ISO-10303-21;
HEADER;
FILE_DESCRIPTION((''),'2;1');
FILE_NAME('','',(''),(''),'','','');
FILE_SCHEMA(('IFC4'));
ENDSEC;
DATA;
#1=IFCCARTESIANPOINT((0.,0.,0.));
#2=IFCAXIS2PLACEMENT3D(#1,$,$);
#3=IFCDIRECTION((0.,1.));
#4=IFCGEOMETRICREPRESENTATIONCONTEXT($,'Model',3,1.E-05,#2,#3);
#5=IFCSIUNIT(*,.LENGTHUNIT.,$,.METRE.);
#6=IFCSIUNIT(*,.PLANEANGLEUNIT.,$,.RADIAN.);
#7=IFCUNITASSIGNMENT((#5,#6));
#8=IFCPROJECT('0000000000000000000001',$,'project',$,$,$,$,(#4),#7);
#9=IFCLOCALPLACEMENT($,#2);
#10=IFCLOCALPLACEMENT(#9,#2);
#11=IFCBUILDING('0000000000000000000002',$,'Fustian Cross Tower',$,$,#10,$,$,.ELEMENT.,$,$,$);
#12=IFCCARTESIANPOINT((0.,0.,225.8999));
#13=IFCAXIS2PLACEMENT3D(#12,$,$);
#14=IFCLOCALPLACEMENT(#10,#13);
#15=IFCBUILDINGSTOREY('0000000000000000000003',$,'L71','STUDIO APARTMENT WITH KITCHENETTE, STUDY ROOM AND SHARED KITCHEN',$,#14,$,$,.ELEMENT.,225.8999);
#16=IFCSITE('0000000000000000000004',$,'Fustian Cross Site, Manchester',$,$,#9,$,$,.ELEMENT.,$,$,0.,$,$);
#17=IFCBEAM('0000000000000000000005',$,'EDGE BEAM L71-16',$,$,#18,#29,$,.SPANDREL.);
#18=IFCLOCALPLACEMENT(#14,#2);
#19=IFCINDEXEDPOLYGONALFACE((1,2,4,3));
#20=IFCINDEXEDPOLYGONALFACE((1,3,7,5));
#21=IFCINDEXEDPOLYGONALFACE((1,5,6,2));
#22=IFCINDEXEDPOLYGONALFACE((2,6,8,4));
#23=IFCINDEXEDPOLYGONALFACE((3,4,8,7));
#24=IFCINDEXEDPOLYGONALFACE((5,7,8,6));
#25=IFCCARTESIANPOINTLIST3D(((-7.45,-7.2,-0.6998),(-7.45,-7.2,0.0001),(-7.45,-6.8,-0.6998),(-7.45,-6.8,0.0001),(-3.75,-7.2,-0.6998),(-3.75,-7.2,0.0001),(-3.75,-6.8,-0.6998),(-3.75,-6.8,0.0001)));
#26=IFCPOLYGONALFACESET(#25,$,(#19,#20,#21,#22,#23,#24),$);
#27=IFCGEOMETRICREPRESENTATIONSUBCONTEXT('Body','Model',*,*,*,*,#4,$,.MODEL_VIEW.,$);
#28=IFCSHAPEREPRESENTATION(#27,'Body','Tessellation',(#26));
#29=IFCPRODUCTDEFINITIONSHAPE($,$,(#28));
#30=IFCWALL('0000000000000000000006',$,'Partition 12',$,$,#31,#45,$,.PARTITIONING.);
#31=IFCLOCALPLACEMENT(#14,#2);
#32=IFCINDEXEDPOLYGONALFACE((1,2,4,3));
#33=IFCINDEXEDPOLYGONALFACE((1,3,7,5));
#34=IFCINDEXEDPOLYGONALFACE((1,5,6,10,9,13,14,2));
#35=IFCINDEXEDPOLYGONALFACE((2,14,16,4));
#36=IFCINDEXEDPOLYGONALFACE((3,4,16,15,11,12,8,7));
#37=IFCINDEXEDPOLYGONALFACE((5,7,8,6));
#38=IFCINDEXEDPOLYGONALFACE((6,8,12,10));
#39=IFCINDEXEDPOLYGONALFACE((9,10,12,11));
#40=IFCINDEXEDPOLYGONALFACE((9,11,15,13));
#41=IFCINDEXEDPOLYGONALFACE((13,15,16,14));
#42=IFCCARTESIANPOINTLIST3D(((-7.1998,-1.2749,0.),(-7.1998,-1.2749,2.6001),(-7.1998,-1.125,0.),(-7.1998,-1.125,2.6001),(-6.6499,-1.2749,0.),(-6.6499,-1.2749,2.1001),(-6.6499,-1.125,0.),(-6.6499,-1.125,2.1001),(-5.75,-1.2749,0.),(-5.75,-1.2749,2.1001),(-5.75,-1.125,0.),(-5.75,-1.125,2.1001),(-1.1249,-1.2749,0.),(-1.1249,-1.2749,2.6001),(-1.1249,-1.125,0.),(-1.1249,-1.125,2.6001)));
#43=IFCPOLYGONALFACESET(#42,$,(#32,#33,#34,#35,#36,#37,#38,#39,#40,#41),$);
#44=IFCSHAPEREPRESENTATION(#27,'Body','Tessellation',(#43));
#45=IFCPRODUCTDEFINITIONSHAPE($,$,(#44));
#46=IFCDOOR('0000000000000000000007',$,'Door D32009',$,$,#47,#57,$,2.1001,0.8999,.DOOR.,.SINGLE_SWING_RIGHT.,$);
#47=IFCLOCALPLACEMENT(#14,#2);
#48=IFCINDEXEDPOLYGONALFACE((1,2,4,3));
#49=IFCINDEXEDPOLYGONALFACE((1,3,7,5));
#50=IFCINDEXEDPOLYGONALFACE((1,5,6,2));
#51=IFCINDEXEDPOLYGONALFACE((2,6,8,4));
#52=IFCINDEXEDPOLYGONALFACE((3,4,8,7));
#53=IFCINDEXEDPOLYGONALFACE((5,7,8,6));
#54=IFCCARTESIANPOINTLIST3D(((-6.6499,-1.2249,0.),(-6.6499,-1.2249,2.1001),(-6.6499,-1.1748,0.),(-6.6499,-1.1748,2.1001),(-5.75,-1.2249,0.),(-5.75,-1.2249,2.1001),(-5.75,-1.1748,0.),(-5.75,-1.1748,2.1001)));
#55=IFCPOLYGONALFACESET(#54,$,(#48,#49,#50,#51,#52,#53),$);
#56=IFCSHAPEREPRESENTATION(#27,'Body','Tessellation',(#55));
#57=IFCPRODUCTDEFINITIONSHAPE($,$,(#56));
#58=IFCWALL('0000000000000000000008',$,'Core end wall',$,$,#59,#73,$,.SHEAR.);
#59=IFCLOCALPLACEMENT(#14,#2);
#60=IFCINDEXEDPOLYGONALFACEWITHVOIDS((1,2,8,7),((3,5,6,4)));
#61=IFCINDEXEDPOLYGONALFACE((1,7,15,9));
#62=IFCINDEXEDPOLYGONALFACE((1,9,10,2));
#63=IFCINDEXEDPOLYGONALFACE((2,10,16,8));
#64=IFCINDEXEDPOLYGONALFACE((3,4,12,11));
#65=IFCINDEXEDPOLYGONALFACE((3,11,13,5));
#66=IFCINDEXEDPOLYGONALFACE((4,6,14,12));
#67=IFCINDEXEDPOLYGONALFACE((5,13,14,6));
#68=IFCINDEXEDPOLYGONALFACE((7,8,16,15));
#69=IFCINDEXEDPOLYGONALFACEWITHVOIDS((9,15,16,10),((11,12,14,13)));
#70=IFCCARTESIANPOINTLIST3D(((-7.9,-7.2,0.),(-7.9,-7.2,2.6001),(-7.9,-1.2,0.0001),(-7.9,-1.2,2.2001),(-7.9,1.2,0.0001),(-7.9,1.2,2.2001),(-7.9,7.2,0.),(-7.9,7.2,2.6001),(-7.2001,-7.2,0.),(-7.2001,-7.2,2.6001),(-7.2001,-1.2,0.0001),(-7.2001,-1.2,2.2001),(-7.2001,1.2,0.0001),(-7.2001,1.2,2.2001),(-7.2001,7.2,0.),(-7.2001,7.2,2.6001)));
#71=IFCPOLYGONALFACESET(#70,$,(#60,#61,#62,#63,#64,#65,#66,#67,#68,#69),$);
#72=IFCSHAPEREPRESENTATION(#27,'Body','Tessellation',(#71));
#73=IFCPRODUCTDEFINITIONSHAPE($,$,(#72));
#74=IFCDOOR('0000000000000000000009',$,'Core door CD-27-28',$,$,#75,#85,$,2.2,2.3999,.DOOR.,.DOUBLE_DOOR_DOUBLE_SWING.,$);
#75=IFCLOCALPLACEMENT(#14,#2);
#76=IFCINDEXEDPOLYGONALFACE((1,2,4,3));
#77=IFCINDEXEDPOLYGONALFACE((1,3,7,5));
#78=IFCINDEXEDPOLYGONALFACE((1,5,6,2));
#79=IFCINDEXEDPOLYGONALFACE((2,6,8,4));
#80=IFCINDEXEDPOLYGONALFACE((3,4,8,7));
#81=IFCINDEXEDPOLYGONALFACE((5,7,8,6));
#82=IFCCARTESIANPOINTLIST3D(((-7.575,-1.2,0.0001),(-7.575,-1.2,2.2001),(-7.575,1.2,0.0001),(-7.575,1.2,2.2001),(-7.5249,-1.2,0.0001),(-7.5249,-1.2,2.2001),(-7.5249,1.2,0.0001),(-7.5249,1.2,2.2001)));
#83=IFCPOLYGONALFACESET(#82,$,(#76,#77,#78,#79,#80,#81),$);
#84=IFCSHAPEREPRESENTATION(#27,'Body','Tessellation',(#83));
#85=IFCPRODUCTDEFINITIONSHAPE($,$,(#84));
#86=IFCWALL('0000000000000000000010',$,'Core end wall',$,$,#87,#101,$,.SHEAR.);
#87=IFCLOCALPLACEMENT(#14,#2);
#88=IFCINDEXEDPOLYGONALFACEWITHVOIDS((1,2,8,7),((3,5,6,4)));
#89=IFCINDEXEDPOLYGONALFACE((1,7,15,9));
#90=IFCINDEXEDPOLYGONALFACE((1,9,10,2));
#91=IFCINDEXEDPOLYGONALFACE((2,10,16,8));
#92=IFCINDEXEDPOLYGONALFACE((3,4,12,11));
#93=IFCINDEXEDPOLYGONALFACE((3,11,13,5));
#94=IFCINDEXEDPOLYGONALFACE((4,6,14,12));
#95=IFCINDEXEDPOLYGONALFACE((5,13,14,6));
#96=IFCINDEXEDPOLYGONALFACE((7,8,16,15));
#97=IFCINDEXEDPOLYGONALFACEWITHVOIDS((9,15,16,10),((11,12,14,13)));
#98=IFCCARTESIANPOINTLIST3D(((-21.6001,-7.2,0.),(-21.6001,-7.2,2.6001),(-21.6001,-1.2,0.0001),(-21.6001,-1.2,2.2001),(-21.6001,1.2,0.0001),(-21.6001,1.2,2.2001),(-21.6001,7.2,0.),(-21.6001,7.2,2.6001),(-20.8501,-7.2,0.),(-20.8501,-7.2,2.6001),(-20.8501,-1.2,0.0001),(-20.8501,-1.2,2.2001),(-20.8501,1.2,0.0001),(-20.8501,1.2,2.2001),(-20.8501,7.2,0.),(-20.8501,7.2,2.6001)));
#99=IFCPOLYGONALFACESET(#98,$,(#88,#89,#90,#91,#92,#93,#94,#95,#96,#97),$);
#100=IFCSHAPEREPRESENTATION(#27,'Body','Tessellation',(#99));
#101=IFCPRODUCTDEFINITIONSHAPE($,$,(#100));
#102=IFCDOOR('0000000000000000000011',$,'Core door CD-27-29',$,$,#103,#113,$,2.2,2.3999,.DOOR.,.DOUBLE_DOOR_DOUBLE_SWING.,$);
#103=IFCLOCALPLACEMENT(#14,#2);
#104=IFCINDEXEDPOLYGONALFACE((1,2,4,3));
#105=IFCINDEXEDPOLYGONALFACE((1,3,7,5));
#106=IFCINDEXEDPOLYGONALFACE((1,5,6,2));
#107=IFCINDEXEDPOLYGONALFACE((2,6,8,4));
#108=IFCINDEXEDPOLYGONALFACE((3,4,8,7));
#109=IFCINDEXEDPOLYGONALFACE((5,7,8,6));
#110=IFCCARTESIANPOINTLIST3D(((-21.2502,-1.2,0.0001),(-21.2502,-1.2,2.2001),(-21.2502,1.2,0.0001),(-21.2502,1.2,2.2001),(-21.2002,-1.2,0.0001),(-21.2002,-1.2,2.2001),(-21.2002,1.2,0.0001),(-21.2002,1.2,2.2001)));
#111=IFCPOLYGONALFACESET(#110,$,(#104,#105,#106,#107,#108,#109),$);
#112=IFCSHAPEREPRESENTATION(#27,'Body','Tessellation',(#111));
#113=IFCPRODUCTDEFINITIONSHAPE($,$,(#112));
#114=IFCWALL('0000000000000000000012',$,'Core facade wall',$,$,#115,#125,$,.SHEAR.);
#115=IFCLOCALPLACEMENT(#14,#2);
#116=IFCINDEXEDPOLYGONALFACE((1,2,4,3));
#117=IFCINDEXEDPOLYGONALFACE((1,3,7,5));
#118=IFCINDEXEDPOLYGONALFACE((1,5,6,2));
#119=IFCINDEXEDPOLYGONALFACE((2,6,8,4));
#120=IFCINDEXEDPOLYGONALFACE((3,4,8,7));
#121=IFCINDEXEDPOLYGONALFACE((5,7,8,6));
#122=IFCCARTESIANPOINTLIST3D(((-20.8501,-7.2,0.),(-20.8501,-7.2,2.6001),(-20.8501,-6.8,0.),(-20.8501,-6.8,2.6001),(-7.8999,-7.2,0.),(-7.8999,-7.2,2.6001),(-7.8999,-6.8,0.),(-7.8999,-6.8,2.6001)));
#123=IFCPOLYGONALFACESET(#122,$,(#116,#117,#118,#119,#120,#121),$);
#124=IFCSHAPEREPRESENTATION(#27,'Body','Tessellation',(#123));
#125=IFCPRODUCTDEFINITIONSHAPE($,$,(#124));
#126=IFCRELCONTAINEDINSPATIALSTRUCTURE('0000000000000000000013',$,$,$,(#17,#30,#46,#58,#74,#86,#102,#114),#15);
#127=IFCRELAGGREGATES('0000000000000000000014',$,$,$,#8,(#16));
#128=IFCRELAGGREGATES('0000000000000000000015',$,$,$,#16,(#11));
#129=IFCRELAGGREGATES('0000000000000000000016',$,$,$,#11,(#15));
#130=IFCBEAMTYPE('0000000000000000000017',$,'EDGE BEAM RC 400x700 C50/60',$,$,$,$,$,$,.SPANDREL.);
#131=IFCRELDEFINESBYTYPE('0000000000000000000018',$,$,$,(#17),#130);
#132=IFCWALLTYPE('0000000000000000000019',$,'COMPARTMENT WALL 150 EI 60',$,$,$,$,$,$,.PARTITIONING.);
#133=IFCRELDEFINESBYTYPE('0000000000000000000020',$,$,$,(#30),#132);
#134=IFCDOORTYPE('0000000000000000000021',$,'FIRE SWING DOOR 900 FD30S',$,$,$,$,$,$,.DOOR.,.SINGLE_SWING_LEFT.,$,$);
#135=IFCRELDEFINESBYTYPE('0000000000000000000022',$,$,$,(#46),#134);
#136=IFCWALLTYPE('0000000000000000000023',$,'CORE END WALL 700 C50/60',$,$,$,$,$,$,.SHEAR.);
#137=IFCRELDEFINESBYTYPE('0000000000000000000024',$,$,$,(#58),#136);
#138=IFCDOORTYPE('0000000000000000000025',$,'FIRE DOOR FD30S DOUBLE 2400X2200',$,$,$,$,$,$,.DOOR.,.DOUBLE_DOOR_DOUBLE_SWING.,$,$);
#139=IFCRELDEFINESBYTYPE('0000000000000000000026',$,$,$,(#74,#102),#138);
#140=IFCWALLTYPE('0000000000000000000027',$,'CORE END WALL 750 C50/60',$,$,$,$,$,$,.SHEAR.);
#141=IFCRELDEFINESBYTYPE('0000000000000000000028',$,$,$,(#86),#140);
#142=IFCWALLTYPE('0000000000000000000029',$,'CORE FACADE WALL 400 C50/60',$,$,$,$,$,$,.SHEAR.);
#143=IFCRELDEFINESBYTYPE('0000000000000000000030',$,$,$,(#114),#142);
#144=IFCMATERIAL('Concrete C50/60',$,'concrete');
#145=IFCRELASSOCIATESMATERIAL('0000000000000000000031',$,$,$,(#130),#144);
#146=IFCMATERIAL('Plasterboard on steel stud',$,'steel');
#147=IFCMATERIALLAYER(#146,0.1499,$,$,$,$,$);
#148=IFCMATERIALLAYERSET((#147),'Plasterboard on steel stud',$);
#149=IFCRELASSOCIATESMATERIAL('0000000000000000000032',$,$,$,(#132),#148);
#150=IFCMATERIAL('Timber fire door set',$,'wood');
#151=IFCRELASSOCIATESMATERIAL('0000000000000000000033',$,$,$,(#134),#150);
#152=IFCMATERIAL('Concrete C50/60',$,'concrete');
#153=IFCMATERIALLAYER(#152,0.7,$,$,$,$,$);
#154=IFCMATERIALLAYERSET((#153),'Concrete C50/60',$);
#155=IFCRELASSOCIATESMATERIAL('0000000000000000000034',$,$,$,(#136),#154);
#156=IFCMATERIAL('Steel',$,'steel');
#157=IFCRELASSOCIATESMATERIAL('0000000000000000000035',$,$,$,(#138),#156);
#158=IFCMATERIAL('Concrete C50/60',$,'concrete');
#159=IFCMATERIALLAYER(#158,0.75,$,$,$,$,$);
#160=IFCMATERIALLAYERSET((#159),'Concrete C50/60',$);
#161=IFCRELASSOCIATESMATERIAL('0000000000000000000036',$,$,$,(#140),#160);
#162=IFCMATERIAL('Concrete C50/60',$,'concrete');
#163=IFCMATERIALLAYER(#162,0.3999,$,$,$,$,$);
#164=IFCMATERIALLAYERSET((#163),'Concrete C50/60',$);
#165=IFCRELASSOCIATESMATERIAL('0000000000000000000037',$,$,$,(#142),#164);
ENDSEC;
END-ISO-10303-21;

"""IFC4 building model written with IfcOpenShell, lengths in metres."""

from ifc_helpers import new_model, si_unit, direction, frame, frame_2d, origin, origin_2d, place, context, subcontext, project, spatial, rectangle, extrude, material, layer, layer_set, material_profile, profile_set, type_object, element, fill, save


model = new_model("IFC4")

# Units and contexts
model_context = context("Model", 3, precision=1e-05, world=origin(), true_north=direction((0.0, 1.0)))
body_context = subcontext(model_context, "Body", "Model", "MODEL_VIEW")
ifc_project = project(units=[si_unit("LENGTHUNIT", "METRE"), si_unit("PLANEANGLEUNIT", "RADIAN")], contexts=[model_context])

# Site, building, storey
site_placement = place(None, origin())
site = spatial("IfcSite", under=ifc_project, at=site_placement, Name="Fustian Cross Site, Manchester", CompositionType="ELEMENT", RefElevation=0.0)
building_placement = place(site_placement, origin())
building = spatial("IfcBuilding", under=site, at=building_placement, Name="Fustian Cross Tower", CompositionType="ELEMENT")
storey_placement = place(building_placement, frame((0.0, 0.0, 225.8999)))
storey = spatial("IfcBuildingStorey", under=building, at=storey_placement, Name="L71", Description="STUDIO APARTMENT WITH KITCHENETTE, STUDY ROOM AND SHARED KITCHEN", CompositionType="ELEMENT", Elevation=225.8999)

# Beam
ifc_material_1 = material(Name="Concrete C50/60", Category="concrete")
ifc_material_profile = material_profile(ifc_material_1, rectangle(XDim=0.3999, YDim=0.7, at=origin_2d()), Name="RC 400x700")
ifc_profile_set = profile_set([ifc_material_profile], Name="Concrete C50/60")
beam_type = type_object("IfcBeamType", Name="EDGE BEAM RC 400x700 C50/60", PredefinedType="SPANDREL", material=ifc_profile_set)
beam_placement = place(storey_placement, frame((-7.45, -7.0, -0.3499), z_axis=(1.0, 0.0, 0.0), x_axis=(0.0, 1.0, 0.0)))
element("IfcBeam", 1, at=beam_placement, inside=storey, type_object=beam_type, Name="EDGE BEAM L71-16", PredefinedType="SPANDREL", context=body_context, shape_type="SweptSolid", body=[
    extrude(rectangle(XDim=0.3999, YDim=0.7, at=origin_2d()), origin(), (0.0, 0.0, 1.0), 3.7),
])

# Walls, openings, doors
ifc_material_2 = material(Name="Plasterboard on steel stud", Category="steel")
ifc_layer_1 = layer(ifc_material_2, 0.1499)
ifc_layer_set_1 = layer_set([ifc_layer_1], Name="Plasterboard on steel stud")
wall_type_1 = type_object("IfcWallType", Name="COMPARTMENT WALL 150 EI 60", PredefinedType="PARTITIONING", material=ifc_layer_set_1)
wall_1_placement = place(storey_placement, frame((-7.2, -1.2, 0.0), z_axis=(0.0, 0.0, 1.0), x_axis=(1.0, 0.0, 0.0)))
wall_1 = element("IfcWall", 2, at=wall_1_placement, inside=storey, type_object=wall_type_1, Name="Partition 12", PredefinedType="PARTITIONING", context=body_context, shape_type="SweptSolid", body=[
    extrude(rectangle(XDim=6.075, YDim=0.1499, at=frame_2d((3.0376, 0.0))), origin(), (0.0, 0.0, 1.0), 2.6001),
])
opening_1_placement = place(wall_1_placement, frame((0.55, 0.0, 0.0)))
opening_1 = element("IfcOpeningElement", 3, at=opening_1_placement, cuts=wall_1, PredefinedType="OPENING", context=body_context, shape_type="SweptSolid", body=[
    extrude(rectangle(XDim=0.8999, YDim=2.1001, at=frame_2d((0.45, 1.05))), frame((0.0, 0.085, 0.0), z_axis=(0.0, -1.0, 0.0), x_axis=(1.0, 0.0, 0.0)), (0.0, 0.0, 1.0), 0.1699),
])
ifc_material_3 = material(Name="Timber fire door set", Category="wood")
door_type_1 = type_object("IfcDoorType", Name="FIRE SWING DOOR 900 FD30S", OperationType="SINGLE_SWING_LEFT", PredefinedType="DOOR", material=ifc_material_3)
door_1_placement = place(opening_1_placement, frame((0.8999, 0.0, 0.0), z_axis=(0.0, 0.0, 1.0), x_axis=(-1.0, 0.0, 0.0)))
door_1 = element("IfcDoor", 4, at=door_1_placement, inside=storey, type_object=door_type_1, Name="Door D32009", OperationType="SINGLE_SWING_RIGHT", OverallHeight=2.1001, OverallWidth=0.8999, PredefinedType="DOOR", context=body_context, shape_type="SweptSolid", body=[
    extrude(rectangle(XDim=0.8999, YDim=2.1001, at=frame_2d((0.45, 1.05))), frame((0.0, 0.0249, 0.0), z_axis=(0.0, -1.0, 0.0), x_axis=(1.0, 0.0, 0.0)), (0.0, 0.0, 1.0), 0.05),
])
fill(opening_1, door_1)
ifc_material_4 = material(Name="Concrete C50/60", Category="concrete")
ifc_layer_2 = layer(ifc_material_4, 0.7)
ifc_layer_set_2 = layer_set([ifc_layer_2], Name="Concrete C50/60")
wall_type_2 = type_object("IfcWallType", Name="CORE END WALL 700 C50/60", PredefinedType="SHEAR", material=ifc_layer_set_2)
wall_2_placement = place(storey_placement, frame((-7.55, -7.2, 0.0), z_axis=(0.0, 0.0, 1.0), x_axis=(0.0, 1.0, 0.0)))
wall_2 = element("IfcWall", 5, at=wall_2_placement, inside=storey, type_object=wall_type_2, Name="Core end wall", PredefinedType="SHEAR", context=body_context, shape_type="SweptSolid", body=[
    extrude(rectangle(XDim=14.3999, YDim=0.7, at=frame_2d((7.2, 0.0))), origin(), (0.0, 0.0, 1.0), 2.6001),
])
opening_2_placement = place(wall_2_placement, frame((6.0, 0.0, 0.0)))
opening_2 = element("IfcOpeningElement", 6, at=opening_2_placement, cuts=wall_2, PredefinedType="OPENING", context=body_context, shape_type="SweptSolid", body=[
    extrude(rectangle(XDim=2.3999, YDim=2.2, at=frame_2d((1.2, 1.1001))), frame((0.0, 0.3599, 0.0), z_axis=(0.0, -1.0, 0.0), x_axis=(1.0, 0.0, 0.0)), (0.0, 0.0, 1.0), 0.72),
])
ifc_material_5 = material(Name="Steel", Category="steel")
door_type_2 = type_object("IfcDoorType", Name="FIRE DOOR FD30S DOUBLE 2400X2200", OperationType="DOUBLE_DOOR_DOUBLE_SWING", PredefinedType="DOOR", material=ifc_material_5)
door_2_placement = place(opening_2_placement, origin())
door_2 = element("IfcDoor", 7, at=door_2_placement, inside=storey, type_object=door_type_2, Name="Core door CD-27-28", OperationType="DOUBLE_DOOR_DOUBLE_SWING", OverallHeight=2.2, OverallWidth=2.3999, PredefinedType="DOOR", context=body_context, shape_type="SweptSolid", body=[
    extrude(rectangle(XDim=2.3999, YDim=2.2, at=frame_2d((1.2, 1.1001))), frame((0.0, 0.0249, 0.0), z_axis=(0.0, -1.0, 0.0), x_axis=(1.0, 0.0, 0.0)), (0.0, 0.0, 1.0), 0.05),
])
fill(opening_2, door_2)
ifc_material_6 = material(Name="Concrete C50/60", Category="concrete")
ifc_layer_3 = layer(ifc_material_6, 0.75)
ifc_layer_set_3 = layer_set([ifc_layer_3], Name="Concrete C50/60")
wall_type_3 = type_object("IfcWallType", Name="CORE END WALL 750 C50/60", PredefinedType="SHEAR", material=ifc_layer_set_3)
wall_3_placement = place(storey_placement, frame((-21.2251, -7.2, 0.0), z_axis=(0.0, 0.0, 1.0), x_axis=(0.0, 1.0, 0.0)))
wall_3 = element("IfcWall", 8, at=wall_3_placement, inside=storey, type_object=wall_type_3, Name="Core end wall", PredefinedType="SHEAR", context=body_context, shape_type="SweptSolid", body=[
    extrude(rectangle(XDim=14.3999, YDim=0.75, at=frame_2d((7.2, 0.0))), origin(), (0.0, 0.0, 1.0), 2.6001),
])
opening_3_placement = place(wall_3_placement, frame((6.0, 0.0, 0.0)))
opening_3 = element("IfcOpeningElement", 9, at=opening_3_placement, cuts=wall_3, PredefinedType="OPENING", context=body_context, shape_type="SweptSolid", body=[
    extrude(rectangle(XDim=2.3999, YDim=2.2, at=frame_2d((1.2, 1.1001))), frame((0.0, 0.385, 0.0), z_axis=(0.0, -1.0, 0.0), x_axis=(1.0, 0.0, 0.0)), (0.0, 0.0, 1.0), 0.77),
])
door_3_placement = place(opening_3_placement, frame((2.3999, 0.0, 0.0), z_axis=(0.0, 0.0, 1.0), x_axis=(-1.0, 0.0, 0.0)))
door_3 = element("IfcDoor", 10, at=door_3_placement, inside=storey, type_object=door_type_2, Name="Core door CD-27-29", OperationType="DOUBLE_DOOR_DOUBLE_SWING", OverallHeight=2.2, OverallWidth=2.3999, PredefinedType="DOOR", context=body_context, shape_type="SweptSolid", body=[
    extrude(rectangle(XDim=2.3999, YDim=2.2, at=frame_2d((1.2, 1.1001))), frame((0.0, 0.0249, 0.0), z_axis=(0.0, -1.0, 0.0), x_axis=(1.0, 0.0, 0.0)), (0.0, 0.0, 1.0), 0.05),
])
fill(opening_3, door_3)

# Wall
ifc_material_7 = material(Name="Concrete C50/60", Category="concrete")
ifc_layer_4 = layer(ifc_material_7, 0.3999)
ifc_layer_set_4 = layer_set([ifc_layer_4], Name="Concrete C50/60")
wall_type_4 = type_object("IfcWallType", Name="CORE FACADE WALL 400 C50/60", PredefinedType="SHEAR", material=ifc_layer_set_4)
wall_4_placement = place(storey_placement, frame((-7.8999, -7.0, 0.0), z_axis=(0.0, 0.0, 1.0), x_axis=(-1.0, 0.0, 0.0)))
element("IfcWall", 11, at=wall_4_placement, inside=storey, type_object=wall_type_4, Name="Core facade wall", PredefinedType="SHEAR", context=body_context, shape_type="SweptSolid", body=[
    extrude(rectangle(XDim=12.9502, YDim=0.3999, at=frame_2d((6.4751, 0.0))), origin(), (0.0, 0.0, 1.0), 2.6001),
])

save(model, "model.ifc")
